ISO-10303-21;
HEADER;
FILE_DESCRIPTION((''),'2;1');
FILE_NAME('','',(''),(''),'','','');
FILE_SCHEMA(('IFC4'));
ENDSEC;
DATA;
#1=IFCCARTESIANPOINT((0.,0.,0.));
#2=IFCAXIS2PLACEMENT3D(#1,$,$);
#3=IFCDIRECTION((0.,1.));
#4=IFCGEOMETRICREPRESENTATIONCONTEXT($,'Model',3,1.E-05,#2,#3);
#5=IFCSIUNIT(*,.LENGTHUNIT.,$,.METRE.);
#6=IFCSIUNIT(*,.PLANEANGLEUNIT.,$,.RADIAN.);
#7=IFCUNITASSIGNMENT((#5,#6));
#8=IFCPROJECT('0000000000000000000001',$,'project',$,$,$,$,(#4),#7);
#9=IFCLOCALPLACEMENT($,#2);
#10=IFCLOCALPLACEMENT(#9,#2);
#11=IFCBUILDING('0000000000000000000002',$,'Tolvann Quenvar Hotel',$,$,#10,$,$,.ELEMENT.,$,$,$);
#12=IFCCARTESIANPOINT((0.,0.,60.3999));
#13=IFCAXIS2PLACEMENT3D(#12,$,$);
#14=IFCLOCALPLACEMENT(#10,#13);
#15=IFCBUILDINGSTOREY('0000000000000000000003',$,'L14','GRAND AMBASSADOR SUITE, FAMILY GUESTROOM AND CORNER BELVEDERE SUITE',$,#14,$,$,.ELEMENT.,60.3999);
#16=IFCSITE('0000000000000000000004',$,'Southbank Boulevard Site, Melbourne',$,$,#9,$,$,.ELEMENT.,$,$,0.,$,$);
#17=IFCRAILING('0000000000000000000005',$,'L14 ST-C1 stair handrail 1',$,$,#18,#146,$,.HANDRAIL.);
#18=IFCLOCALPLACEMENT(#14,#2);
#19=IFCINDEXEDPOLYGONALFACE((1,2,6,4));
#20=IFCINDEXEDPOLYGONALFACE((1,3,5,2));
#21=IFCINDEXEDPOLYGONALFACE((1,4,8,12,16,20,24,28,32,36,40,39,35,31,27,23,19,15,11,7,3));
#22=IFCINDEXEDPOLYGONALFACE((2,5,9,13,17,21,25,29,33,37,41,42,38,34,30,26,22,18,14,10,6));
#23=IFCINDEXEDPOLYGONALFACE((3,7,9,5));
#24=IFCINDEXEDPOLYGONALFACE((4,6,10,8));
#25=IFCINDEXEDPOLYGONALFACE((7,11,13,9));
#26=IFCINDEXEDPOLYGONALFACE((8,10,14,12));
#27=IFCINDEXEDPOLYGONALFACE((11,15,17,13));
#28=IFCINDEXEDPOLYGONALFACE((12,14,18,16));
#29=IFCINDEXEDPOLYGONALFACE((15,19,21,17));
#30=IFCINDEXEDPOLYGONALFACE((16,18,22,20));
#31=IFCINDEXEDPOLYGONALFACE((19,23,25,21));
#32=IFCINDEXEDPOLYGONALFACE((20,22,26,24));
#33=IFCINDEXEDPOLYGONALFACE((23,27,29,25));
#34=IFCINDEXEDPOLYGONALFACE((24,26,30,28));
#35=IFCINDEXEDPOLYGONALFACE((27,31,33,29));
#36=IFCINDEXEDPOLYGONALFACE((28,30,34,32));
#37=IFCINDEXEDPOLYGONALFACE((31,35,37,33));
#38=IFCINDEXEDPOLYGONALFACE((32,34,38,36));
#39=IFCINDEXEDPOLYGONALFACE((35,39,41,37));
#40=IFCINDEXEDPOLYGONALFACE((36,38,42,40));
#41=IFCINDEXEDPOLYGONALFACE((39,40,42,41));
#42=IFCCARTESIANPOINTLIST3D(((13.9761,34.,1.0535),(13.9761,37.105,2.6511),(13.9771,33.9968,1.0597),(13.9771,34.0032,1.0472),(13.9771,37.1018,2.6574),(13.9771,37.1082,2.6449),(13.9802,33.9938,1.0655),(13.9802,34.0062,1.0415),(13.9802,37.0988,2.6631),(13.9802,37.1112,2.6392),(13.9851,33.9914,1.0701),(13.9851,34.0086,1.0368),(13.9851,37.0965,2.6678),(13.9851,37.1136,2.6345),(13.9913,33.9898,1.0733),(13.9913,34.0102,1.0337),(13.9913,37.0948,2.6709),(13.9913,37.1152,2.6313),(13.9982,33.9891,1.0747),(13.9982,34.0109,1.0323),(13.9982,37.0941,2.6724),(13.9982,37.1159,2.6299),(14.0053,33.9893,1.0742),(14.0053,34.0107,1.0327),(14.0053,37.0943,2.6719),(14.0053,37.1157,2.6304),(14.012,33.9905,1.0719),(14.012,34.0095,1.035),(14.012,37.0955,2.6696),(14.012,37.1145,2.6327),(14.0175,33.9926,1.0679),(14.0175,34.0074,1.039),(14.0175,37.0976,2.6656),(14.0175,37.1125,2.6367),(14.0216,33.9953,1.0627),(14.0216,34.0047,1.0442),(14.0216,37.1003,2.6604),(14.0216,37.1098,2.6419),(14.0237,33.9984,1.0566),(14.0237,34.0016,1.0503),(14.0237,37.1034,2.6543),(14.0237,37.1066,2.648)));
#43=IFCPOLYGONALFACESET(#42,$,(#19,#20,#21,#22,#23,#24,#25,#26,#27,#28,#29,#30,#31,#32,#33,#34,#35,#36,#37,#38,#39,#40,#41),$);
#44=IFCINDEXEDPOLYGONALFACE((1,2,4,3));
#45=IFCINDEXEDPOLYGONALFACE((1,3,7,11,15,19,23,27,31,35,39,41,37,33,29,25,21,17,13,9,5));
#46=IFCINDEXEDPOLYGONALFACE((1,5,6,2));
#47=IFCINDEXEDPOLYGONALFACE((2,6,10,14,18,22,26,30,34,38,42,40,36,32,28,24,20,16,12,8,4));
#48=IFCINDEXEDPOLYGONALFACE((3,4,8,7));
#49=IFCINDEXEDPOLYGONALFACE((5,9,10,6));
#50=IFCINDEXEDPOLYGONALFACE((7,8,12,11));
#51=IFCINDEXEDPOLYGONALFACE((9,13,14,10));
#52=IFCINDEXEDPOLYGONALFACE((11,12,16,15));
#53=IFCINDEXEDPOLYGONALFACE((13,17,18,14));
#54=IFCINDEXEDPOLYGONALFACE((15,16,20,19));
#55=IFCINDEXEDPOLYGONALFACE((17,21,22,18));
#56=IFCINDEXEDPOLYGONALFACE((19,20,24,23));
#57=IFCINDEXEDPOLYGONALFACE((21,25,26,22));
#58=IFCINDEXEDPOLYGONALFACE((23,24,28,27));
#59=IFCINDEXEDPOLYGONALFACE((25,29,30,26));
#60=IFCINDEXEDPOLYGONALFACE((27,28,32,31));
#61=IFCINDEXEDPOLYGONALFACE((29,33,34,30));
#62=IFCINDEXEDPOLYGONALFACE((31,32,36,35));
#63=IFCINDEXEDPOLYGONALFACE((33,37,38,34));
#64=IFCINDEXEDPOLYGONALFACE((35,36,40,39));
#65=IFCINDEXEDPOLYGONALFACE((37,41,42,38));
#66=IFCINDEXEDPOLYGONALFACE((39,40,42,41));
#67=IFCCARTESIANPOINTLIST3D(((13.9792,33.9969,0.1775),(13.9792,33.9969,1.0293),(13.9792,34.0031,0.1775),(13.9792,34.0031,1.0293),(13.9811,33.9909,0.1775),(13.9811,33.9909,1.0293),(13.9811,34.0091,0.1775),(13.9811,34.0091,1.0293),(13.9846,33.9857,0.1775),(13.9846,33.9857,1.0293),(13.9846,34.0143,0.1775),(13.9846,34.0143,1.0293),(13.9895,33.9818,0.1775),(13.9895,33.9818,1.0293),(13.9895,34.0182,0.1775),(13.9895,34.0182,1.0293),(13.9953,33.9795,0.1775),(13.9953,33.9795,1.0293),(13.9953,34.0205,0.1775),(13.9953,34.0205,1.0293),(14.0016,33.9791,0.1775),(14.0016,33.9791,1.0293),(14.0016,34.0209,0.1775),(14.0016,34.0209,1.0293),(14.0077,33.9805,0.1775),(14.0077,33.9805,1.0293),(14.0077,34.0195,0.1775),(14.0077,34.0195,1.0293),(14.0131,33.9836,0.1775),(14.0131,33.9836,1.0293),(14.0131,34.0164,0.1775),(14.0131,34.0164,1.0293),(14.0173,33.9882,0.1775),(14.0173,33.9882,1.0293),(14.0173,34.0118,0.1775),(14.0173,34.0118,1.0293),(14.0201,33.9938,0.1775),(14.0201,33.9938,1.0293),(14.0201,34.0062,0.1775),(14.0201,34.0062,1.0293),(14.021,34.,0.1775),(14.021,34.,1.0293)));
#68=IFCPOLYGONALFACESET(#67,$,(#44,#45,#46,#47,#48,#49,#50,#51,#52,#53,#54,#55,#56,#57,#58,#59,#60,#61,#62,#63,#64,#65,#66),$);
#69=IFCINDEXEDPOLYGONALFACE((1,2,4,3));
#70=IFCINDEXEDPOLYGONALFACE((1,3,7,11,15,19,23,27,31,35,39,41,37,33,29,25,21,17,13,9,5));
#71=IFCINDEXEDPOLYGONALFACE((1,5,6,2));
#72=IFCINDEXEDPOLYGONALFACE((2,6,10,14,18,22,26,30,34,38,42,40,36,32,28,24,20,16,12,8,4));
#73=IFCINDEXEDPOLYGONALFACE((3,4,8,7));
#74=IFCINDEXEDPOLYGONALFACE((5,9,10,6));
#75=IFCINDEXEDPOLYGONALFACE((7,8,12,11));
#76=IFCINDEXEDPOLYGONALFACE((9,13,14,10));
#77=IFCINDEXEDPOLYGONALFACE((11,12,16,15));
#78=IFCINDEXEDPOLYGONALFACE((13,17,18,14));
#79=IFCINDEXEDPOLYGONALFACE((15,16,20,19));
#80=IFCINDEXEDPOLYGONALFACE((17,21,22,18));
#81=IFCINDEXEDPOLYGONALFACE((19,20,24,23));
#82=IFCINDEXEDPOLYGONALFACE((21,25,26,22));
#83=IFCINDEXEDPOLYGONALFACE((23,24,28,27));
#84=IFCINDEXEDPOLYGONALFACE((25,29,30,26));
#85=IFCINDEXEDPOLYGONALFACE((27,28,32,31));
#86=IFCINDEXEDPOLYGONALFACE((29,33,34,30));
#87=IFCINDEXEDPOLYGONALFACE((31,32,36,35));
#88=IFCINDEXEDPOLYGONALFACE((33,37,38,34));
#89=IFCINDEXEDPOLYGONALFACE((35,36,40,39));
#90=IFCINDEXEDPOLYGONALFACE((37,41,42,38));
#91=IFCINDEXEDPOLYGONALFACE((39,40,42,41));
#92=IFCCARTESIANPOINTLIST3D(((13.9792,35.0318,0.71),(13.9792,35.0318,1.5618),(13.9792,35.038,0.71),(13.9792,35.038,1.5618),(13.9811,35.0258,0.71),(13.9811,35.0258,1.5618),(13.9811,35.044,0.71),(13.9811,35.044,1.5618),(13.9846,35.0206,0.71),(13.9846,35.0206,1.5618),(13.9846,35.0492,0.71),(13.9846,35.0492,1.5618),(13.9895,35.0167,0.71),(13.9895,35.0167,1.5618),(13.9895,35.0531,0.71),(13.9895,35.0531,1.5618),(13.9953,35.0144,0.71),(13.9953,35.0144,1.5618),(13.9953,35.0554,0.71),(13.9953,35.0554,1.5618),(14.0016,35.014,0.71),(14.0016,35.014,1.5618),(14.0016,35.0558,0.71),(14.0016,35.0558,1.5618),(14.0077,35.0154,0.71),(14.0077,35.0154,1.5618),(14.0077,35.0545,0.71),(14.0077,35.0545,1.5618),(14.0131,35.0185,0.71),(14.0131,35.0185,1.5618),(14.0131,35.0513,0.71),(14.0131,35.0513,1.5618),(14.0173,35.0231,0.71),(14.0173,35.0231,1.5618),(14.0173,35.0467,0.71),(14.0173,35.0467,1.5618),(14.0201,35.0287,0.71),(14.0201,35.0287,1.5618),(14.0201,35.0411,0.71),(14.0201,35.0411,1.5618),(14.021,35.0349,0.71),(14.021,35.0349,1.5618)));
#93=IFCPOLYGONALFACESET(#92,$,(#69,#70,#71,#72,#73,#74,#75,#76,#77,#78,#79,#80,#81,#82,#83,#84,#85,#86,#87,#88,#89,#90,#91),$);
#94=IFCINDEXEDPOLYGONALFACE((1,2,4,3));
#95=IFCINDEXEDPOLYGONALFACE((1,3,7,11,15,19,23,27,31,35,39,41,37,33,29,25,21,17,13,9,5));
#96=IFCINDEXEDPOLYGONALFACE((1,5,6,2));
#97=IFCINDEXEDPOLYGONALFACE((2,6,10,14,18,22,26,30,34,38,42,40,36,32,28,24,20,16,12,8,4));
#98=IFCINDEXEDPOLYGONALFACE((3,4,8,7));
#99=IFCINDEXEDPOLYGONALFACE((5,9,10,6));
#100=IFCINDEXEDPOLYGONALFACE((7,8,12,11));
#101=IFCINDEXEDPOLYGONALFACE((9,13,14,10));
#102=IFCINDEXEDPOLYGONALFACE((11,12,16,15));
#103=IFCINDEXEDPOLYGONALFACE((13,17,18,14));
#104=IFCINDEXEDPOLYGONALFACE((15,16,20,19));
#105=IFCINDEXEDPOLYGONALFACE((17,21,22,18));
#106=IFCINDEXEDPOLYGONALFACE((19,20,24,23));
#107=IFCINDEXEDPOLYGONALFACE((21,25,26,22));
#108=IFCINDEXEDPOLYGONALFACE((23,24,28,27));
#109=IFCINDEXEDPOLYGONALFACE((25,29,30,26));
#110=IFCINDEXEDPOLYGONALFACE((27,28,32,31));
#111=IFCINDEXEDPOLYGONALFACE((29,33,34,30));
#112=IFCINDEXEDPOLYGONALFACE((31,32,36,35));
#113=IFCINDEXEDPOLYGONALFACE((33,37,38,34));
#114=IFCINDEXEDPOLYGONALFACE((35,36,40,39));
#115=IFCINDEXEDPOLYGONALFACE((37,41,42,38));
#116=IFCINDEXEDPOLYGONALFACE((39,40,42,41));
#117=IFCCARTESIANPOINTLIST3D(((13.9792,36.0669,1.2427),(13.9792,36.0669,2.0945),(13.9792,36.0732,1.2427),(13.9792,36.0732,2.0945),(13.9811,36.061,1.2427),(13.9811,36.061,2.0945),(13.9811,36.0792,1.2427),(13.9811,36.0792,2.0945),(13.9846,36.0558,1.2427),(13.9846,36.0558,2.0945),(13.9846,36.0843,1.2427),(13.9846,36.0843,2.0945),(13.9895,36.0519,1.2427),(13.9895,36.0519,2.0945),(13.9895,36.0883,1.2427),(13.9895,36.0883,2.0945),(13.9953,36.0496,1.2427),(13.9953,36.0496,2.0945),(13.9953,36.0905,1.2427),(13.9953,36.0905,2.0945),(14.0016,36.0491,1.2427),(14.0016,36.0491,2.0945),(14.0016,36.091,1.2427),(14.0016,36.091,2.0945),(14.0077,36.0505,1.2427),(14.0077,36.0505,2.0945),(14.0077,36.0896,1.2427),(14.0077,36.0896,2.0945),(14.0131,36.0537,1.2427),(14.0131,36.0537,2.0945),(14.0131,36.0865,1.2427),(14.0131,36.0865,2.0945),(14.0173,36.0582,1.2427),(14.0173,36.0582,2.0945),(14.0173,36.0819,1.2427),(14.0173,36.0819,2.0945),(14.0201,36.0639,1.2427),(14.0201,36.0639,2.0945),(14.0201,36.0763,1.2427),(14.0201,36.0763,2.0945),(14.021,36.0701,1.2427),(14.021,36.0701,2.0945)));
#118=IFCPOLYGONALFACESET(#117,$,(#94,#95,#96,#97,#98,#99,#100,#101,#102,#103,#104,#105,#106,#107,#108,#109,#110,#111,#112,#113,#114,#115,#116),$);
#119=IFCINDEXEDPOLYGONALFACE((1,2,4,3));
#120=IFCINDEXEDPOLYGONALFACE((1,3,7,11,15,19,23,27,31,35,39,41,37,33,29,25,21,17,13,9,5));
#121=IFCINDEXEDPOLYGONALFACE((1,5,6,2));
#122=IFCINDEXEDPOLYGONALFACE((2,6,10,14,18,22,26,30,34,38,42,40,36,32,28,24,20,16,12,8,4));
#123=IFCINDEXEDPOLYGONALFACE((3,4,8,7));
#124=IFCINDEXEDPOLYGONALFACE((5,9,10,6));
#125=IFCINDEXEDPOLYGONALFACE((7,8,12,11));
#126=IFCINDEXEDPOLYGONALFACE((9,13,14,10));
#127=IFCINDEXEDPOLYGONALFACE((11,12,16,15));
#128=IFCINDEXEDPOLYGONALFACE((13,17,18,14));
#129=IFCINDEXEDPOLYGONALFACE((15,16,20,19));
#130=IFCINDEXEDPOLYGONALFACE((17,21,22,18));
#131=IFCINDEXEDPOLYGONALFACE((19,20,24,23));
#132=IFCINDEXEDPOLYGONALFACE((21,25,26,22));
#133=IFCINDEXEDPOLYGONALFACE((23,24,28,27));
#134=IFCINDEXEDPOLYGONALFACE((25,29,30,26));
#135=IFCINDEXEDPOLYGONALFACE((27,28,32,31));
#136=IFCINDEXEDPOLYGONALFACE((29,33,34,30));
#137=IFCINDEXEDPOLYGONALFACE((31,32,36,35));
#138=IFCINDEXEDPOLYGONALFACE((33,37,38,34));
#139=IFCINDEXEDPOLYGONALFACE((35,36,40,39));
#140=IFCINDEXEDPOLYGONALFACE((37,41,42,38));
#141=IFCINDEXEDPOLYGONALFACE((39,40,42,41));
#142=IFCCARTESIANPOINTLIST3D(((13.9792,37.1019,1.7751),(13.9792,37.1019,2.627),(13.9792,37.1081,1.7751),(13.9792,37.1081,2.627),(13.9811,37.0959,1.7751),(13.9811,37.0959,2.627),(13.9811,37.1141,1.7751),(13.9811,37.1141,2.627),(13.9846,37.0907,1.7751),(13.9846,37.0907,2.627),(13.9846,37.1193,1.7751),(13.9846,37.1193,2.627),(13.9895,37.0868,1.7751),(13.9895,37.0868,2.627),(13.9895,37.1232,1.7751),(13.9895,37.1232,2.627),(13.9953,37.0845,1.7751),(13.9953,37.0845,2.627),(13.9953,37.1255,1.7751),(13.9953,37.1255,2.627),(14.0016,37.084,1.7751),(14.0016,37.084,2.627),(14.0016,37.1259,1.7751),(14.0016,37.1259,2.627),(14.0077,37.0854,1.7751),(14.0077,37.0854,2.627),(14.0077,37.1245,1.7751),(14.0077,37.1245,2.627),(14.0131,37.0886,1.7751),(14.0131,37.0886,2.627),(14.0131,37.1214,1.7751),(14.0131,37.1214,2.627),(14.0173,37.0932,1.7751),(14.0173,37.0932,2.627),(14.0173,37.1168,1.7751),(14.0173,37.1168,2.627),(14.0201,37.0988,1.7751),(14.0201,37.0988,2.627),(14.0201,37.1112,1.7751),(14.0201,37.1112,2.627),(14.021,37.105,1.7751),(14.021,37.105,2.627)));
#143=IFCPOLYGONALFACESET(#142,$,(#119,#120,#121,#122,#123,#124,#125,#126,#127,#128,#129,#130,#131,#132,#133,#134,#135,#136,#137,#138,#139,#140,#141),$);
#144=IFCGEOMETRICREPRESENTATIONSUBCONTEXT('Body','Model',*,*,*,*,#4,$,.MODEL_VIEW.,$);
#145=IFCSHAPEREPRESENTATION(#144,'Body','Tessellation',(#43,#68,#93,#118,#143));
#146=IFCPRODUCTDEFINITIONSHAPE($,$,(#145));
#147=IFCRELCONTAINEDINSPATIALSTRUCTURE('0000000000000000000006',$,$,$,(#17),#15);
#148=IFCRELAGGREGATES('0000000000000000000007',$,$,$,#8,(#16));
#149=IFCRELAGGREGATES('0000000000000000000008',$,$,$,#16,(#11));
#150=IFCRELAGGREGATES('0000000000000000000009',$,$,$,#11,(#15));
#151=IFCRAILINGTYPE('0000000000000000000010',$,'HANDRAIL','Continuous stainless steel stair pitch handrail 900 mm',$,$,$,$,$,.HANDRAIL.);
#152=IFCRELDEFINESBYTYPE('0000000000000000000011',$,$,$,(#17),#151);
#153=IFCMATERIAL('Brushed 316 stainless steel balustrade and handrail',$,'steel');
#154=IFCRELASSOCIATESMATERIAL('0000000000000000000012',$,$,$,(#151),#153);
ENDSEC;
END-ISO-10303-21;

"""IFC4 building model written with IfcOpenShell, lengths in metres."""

from ifc_helpers import new_model, si_unit, direction, frame, origin, origin_2d, place, context, subcontext, project, spatial, circle, extrude, material, type_object, element, save


model = new_model("IFC4")

# Units and contexts
model_context = context("Model", 3, precision=1e-05, world=origin(), true_north=direction((0.0, 1.0)))
body_context = subcontext(model_context, "Body", "Model", "MODEL_VIEW")
ifc_project = project(units=[si_unit("LENGTHUNIT", "METRE"), si_unit("PLANEANGLEUNIT", "RADIAN")], contexts=[model_context])

# Site, building, storey
site_placement = place(None, origin())
site = spatial("IfcSite", under=ifc_project, at=site_placement, Name="Southbank Boulevard Site, Melbourne", CompositionType="ELEMENT", RefElevation=0.0)
building_placement = place(site_placement, origin())
building = spatial("IfcBuilding", under=site, at=building_placement, Name="Tolvann Quenvar Hotel", CompositionType="ELEMENT")
storey_placement = place(building_placement, frame((0.0, 0.0, 60.3999)))
storey = spatial("IfcBuildingStorey", under=building, at=storey_placement, Name="L14", Description="GRAND AMBASSADOR SUITE, FAMILY GUESTROOM AND CORNER BELVEDERE SUITE", CompositionType="ELEMENT", Elevation=60.3999)

# Railing
ifc_material_1 = material(Name="Brushed 316 stainless steel balustrade and handrail", Category="steel")
railing_type_1 = type_object("IfcRailingType", Name="HANDRAIL", Description="Continuous stainless steel stair pitch handrail 900 mm", PredefinedType="HANDRAIL", material=ifc_material_1)
railing_1_placement = place(storey_placement, frame((14.0, 34.0, 0.1775)))
element("IfcRailing", 1, at=railing_1_placement, inside=storey, type_object=railing_type_1, Name="L14 ST-C1 stair handrail 1", PredefinedType="HANDRAIL", context=body_context, shape_type="SweptSolid", body=[
    extrude(circle(Radius=0.0239, at=origin_2d()), frame((0.0, 0.0, 0.876), z_axis=(0.0, 0.889194, 0.457531), x_axis=(-1.0, 0.0, 0.0)), (0.0, 0.0, 1.0), 3.4919),
    extrude(circle(Radius=0.021, at=origin_2d()), origin(), (0.0, 0.0, 1.0), 0.8518),
    extrude(circle(Radius=0.021, at=origin_2d()), frame((0.0, 1.0349, 0.5325)), (0.0, 0.0, 1.0), 0.8518),
    extrude(circle(Radius=0.021, at=origin_2d()), frame((0.0, 2.0701, 1.0652)), (0.0, 0.0, 1.0), 0.8518),
    extrude(circle(Radius=0.021, at=origin_2d()), frame((0.0, 3.105, 1.5977)), (0.0, 0.0, 1.0), 0.8518),
])

save(model, "model.ifc")
